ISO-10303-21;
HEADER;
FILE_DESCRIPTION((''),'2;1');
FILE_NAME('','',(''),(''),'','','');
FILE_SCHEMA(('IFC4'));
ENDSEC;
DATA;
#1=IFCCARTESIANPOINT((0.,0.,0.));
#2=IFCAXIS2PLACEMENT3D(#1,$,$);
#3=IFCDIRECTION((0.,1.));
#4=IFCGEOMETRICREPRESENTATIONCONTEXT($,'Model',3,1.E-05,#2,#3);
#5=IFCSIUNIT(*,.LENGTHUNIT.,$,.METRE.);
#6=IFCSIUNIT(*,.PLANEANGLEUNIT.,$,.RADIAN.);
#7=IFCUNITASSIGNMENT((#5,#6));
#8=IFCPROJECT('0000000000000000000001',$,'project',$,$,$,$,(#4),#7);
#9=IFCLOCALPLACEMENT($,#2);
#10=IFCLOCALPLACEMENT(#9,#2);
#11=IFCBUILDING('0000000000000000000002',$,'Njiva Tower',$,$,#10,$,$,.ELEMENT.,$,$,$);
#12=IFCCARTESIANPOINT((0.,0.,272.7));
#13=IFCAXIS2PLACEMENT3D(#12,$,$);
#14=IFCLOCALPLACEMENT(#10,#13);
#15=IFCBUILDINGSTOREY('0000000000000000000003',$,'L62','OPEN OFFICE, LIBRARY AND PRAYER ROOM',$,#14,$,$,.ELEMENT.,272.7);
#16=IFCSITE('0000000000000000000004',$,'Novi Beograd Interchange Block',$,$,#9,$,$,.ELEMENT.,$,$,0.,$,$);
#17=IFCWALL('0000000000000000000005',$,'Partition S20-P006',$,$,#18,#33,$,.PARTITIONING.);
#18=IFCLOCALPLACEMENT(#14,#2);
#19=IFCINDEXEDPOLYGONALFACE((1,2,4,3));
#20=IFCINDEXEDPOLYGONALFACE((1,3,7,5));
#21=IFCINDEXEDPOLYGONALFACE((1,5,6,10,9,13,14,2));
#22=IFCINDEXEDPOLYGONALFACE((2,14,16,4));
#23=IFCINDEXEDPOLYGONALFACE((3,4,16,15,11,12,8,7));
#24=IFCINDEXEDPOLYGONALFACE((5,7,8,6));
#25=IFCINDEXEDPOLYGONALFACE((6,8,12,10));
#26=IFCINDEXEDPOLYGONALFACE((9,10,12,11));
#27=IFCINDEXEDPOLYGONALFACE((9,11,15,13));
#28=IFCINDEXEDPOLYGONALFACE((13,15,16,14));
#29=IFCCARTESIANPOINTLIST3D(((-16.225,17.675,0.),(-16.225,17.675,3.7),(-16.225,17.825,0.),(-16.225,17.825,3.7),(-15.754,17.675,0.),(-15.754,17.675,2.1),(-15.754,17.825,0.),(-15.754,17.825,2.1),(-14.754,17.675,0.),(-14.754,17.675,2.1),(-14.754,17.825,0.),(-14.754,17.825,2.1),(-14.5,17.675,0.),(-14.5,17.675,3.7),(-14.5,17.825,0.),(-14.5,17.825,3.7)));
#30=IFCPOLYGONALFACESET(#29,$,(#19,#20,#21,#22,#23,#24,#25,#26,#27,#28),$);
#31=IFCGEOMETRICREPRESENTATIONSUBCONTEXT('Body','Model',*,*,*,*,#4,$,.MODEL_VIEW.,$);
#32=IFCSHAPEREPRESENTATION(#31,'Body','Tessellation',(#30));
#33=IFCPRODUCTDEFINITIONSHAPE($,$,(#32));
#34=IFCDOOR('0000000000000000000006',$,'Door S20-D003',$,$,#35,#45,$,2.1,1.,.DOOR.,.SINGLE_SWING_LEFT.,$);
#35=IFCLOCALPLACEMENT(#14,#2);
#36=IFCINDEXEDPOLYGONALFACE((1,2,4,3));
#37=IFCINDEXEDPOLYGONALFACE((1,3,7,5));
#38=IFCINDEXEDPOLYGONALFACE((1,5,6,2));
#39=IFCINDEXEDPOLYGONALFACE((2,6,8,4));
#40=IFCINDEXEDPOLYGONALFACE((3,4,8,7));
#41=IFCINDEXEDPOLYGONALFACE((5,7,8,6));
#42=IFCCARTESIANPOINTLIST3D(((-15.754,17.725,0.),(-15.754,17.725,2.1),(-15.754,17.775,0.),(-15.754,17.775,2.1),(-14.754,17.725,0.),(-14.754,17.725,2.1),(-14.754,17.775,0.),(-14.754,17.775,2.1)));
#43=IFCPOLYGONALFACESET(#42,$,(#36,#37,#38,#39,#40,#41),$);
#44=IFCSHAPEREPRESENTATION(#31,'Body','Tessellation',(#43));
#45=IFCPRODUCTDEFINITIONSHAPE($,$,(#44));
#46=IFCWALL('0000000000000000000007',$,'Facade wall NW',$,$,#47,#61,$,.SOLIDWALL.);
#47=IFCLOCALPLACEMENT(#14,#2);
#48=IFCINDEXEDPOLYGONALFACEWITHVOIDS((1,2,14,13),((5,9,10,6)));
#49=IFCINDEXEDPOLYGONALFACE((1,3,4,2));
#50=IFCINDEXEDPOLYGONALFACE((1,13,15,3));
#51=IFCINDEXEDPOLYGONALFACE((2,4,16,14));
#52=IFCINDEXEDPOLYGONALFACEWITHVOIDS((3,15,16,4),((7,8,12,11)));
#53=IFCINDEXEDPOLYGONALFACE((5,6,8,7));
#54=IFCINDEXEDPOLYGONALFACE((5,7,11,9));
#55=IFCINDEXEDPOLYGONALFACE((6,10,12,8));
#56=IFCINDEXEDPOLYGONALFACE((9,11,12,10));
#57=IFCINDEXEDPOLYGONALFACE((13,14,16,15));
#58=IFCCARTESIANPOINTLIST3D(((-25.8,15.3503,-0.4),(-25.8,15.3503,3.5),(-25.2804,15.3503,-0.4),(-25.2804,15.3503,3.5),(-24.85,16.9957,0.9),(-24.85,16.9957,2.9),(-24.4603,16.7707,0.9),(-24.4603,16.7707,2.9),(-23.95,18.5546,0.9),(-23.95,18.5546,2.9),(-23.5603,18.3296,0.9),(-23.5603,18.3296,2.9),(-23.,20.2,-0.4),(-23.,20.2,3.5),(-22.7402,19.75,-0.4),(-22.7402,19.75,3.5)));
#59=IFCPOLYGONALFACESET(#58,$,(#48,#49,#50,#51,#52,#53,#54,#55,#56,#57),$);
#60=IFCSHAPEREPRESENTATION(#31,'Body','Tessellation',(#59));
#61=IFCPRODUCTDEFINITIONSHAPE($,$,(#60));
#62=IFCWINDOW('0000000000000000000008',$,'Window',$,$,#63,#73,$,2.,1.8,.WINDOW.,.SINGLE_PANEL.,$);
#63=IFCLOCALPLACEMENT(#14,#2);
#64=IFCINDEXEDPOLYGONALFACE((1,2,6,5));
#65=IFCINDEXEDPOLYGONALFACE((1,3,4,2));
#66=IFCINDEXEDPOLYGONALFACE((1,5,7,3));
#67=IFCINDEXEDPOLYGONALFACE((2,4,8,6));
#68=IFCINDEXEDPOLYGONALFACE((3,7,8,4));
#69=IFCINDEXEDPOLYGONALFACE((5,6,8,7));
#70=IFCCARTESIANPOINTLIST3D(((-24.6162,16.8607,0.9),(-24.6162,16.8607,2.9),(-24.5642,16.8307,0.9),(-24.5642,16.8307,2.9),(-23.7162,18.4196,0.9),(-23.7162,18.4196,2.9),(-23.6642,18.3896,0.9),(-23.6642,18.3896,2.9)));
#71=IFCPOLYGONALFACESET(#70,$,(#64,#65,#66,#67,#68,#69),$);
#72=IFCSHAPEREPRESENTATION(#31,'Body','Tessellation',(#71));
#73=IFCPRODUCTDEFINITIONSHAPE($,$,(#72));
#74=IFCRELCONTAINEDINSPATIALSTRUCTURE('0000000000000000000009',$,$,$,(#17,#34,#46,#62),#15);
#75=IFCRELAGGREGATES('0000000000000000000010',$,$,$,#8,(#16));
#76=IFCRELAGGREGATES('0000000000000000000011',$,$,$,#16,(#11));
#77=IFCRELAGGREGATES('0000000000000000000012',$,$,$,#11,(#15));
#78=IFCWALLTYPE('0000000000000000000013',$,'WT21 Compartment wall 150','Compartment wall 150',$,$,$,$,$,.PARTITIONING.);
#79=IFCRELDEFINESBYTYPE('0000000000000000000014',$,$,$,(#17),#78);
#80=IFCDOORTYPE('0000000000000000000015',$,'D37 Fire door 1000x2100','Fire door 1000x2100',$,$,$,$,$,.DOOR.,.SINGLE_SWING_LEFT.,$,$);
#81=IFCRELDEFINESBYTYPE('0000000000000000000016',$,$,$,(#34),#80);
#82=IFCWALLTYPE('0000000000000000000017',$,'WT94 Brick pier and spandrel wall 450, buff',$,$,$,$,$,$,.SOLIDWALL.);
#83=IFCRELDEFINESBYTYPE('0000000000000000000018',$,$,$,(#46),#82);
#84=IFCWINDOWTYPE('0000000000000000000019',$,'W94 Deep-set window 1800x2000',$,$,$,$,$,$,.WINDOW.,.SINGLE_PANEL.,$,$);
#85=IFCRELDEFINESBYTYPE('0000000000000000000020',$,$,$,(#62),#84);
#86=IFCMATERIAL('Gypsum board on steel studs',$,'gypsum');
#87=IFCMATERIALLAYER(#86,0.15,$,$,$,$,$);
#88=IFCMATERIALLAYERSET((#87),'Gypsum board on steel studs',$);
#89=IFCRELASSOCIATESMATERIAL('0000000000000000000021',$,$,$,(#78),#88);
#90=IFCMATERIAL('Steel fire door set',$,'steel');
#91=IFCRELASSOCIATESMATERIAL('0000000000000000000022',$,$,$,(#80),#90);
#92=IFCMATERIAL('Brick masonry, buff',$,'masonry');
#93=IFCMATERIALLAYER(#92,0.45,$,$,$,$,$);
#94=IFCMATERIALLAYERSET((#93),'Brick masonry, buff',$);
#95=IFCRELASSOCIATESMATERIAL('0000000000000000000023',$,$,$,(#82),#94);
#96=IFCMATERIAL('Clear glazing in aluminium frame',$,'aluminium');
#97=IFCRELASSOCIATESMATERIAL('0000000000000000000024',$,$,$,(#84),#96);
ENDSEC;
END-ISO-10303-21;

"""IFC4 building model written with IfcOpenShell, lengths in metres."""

from ifc_helpers import new_model, si_unit, direction, frame, frame_2d, origin, place, context, subcontext, project, spatial, polyline, rectangle, outline, extrude, material, layer, layer_set, type_object, element, fill, save


model = new_model("IFC4")

# Units and contexts
model_context = context("Model", 3, precision=1e-05, world=origin(), true_north=direction((0.0, 1.0)))
body_context = subcontext(model_context, "Body", "Model", "MODEL_VIEW")
ifc_project = project(units=[si_unit("LENGTHUNIT", "METRE"), si_unit("PLANEANGLEUNIT", "RADIAN")], contexts=[model_context])

# Site, building, storey
site_placement = place(None, origin())
site = spatial("IfcSite", under=ifc_project, at=site_placement, Name="Novi Beograd Interchange Block", CompositionType="ELEMENT", RefElevation=0.0)
building_placement = place(site_placement, origin())
building = spatial("IfcBuilding", under=site, at=building_placement, Name="Njiva Tower", CompositionType="ELEMENT")
storey_placement = place(building_placement, frame((0.0, 0.0, 272.7)))
storey = spatial("IfcBuildingStorey", under=building, at=storey_placement, Name="L62", Description="OPEN OFFICE, LIBRARY AND PRAYER ROOM", CompositionType="ELEMENT", Elevation=272.7)

# Shared definitions
ifc_material_1 = material(Name="Gypsum board on steel studs", Category="gypsum")

# Wall, opening, door
ifc_layer_1 = layer(ifc_material_1, 0.15)
ifc_layer_set_1 = layer_set([ifc_layer_1], Name="Gypsum board on steel studs")
wall_type_1 = type_object("IfcWallType", Name="WT21 Compartment wall 150", Description="Compartment wall 150", PredefinedType="PARTITIONING", material=ifc_layer_set_1)
wall_1_placement = place(storey_placement, frame((-16.225, 17.75, 0.0), z_axis=(0.0, 0.0, 1.0), x_axis=(1.0, 0.0, 0.0)))
wall_1 = element("IfcWall", 1, at=wall_1_placement, inside=storey, type_object=wall_type_1, Name="Partition S20-P006", PredefinedType="PARTITIONING", context=body_context, shape_type="SweptSolid", body=[
    extrude(rectangle(XDim=1.725, YDim=0.15, at=frame_2d((0.8625, 0.0))), origin(), (0.0, 0.0, 1.0), 3.7),
])
opening_1_placement = place(wall_1_placement, frame((0.471, 0.0, 0.0)))
opening_1 = element("IfcOpeningElement", 2, at=opening_1_placement, cuts=wall_1, PredefinedType="OPENING", context=body_context, shape_type="SweptSolid", body=[
    extrude(rectangle(XDim=1.0, YDim=2.1, at=frame_2d((0.5, 1.05))), frame((0.0, 0.085, 0.0), z_axis=(0.0, -1.0, 0.0), x_axis=(1.0, 0.0, 0.0)), (0.0, 0.0, 1.0), 0.17),
])
ifc_material_2 = material(Name="Steel fire door set", Category="steel")
door_type = type_object("IfcDoorType", Name="D37 Fire door 1000x2100", Description="Fire door 1000x2100", OperationType="SINGLE_SWING_LEFT", PredefinedType="DOOR", material=ifc_material_2)
door_placement = place(opening_1_placement, origin())
door = element("IfcDoor", 3, at=door_placement, inside=storey, type_object=door_type, Name="Door S20-D003", OperationType="SINGLE_SWING_LEFT", OverallHeight=2.1, OverallWidth=1.0, PredefinedType="DOOR", context=body_context, shape_type="SweptSolid", body=[
    extrude(rectangle(XDim=1.0, YDim=2.1, at=frame_2d((0.5, 1.05))), frame((0.0, 0.025, 0.0), z_axis=(0.0, -1.0, 0.0), x_axis=(1.0, 0.0, 0.0)), (0.0, 0.0, 1.0), 0.05),
])
fill(opening_1, door)

# Shared definitions
ifc_material_3 = material(Name="Clear glazing in aluminium frame", Category="aluminium")

# Wall, opening, window
ifc_material_4 = material(Name="Brick masonry, buff", Category="masonry")
ifc_layer_2 = layer(ifc_material_4, 0.45)
ifc_layer_set_2 = layer_set([ifc_layer_2], Name="Brick masonry, buff")
wall_type_2 = type_object("IfcWallType", Name="WT94 Brick pier and spandrel wall 450, buff", PredefinedType="SOLIDWALL", material=ifc_layer_set_2)
wall_2_placement = place(storey_placement, frame((-22.8701, 19.975, -0.4), z_axis=(0.0, 0.0, 1.0), x_axis=(-0.500004, -0.866023, 0.0)))
wall_2 = element("IfcWall", 4, at=wall_2_placement, inside=storey, type_object=wall_type_2, Name="Facade wall NW", PredefinedType="SOLIDWALL", context=body_context, shape_type="SweptSolid", body=[
    extrude(outline(polyline([(-0.1299, -0.225), (5.4701, -0.225), (5.2103, 0.225), (0.1299, 0.225), (-0.1299, -0.225)])), origin(), (0.0, 0.0, 1.0), 3.9),
])
opening_2_placement = place(wall_2_placement, frame((1.7701, 0.0, 1.3)))
opening_2 = element("IfcOpeningElement", 5, at=opening_2_placement, cuts=wall_2, PredefinedType="OPENING", context=body_context, shape_type="SweptSolid", body=[
    extrude(rectangle(XDim=1.8, YDim=2.0, at=frame_2d((0.9, 1.0))), frame((0.0, 0.235, 0.0), z_axis=(0.0, -1.0, 0.0), x_axis=(1.0, 0.0, 0.0)), (0.0, 0.0, 1.0), 0.47),
])
window_type_1 = type_object("IfcWindowType", Name="W94 Deep-set window 1800x2000", PartitioningType="SINGLE_PANEL", PredefinedType="WINDOW", material=ifc_material_3)
window_1_placement = place(opening_2_placement, origin())
window_1 = element("IfcWindow", 6, at=window_1_placement, inside=storey, type_object=window_type_1, Name="Window", OverallHeight=2.0, OverallWidth=1.8, PartitioningType="SINGLE_PANEL", PredefinedType="WINDOW", context=body_context, shape_type="SweptSolid", body=[
    extrude(rectangle(XDim=1.8, YDim=2.0, at=frame_2d((0.9, 1.0))), frame((0.0, 0.105, 0.0), z_axis=(0.0, -1.0, 0.0), x_axis=(1.0, 0.0, 0.0)), (0.0, 0.0, 1.0), 0.06),
])
fill(opening_2, window_1)

save(model, "model.ifc")
